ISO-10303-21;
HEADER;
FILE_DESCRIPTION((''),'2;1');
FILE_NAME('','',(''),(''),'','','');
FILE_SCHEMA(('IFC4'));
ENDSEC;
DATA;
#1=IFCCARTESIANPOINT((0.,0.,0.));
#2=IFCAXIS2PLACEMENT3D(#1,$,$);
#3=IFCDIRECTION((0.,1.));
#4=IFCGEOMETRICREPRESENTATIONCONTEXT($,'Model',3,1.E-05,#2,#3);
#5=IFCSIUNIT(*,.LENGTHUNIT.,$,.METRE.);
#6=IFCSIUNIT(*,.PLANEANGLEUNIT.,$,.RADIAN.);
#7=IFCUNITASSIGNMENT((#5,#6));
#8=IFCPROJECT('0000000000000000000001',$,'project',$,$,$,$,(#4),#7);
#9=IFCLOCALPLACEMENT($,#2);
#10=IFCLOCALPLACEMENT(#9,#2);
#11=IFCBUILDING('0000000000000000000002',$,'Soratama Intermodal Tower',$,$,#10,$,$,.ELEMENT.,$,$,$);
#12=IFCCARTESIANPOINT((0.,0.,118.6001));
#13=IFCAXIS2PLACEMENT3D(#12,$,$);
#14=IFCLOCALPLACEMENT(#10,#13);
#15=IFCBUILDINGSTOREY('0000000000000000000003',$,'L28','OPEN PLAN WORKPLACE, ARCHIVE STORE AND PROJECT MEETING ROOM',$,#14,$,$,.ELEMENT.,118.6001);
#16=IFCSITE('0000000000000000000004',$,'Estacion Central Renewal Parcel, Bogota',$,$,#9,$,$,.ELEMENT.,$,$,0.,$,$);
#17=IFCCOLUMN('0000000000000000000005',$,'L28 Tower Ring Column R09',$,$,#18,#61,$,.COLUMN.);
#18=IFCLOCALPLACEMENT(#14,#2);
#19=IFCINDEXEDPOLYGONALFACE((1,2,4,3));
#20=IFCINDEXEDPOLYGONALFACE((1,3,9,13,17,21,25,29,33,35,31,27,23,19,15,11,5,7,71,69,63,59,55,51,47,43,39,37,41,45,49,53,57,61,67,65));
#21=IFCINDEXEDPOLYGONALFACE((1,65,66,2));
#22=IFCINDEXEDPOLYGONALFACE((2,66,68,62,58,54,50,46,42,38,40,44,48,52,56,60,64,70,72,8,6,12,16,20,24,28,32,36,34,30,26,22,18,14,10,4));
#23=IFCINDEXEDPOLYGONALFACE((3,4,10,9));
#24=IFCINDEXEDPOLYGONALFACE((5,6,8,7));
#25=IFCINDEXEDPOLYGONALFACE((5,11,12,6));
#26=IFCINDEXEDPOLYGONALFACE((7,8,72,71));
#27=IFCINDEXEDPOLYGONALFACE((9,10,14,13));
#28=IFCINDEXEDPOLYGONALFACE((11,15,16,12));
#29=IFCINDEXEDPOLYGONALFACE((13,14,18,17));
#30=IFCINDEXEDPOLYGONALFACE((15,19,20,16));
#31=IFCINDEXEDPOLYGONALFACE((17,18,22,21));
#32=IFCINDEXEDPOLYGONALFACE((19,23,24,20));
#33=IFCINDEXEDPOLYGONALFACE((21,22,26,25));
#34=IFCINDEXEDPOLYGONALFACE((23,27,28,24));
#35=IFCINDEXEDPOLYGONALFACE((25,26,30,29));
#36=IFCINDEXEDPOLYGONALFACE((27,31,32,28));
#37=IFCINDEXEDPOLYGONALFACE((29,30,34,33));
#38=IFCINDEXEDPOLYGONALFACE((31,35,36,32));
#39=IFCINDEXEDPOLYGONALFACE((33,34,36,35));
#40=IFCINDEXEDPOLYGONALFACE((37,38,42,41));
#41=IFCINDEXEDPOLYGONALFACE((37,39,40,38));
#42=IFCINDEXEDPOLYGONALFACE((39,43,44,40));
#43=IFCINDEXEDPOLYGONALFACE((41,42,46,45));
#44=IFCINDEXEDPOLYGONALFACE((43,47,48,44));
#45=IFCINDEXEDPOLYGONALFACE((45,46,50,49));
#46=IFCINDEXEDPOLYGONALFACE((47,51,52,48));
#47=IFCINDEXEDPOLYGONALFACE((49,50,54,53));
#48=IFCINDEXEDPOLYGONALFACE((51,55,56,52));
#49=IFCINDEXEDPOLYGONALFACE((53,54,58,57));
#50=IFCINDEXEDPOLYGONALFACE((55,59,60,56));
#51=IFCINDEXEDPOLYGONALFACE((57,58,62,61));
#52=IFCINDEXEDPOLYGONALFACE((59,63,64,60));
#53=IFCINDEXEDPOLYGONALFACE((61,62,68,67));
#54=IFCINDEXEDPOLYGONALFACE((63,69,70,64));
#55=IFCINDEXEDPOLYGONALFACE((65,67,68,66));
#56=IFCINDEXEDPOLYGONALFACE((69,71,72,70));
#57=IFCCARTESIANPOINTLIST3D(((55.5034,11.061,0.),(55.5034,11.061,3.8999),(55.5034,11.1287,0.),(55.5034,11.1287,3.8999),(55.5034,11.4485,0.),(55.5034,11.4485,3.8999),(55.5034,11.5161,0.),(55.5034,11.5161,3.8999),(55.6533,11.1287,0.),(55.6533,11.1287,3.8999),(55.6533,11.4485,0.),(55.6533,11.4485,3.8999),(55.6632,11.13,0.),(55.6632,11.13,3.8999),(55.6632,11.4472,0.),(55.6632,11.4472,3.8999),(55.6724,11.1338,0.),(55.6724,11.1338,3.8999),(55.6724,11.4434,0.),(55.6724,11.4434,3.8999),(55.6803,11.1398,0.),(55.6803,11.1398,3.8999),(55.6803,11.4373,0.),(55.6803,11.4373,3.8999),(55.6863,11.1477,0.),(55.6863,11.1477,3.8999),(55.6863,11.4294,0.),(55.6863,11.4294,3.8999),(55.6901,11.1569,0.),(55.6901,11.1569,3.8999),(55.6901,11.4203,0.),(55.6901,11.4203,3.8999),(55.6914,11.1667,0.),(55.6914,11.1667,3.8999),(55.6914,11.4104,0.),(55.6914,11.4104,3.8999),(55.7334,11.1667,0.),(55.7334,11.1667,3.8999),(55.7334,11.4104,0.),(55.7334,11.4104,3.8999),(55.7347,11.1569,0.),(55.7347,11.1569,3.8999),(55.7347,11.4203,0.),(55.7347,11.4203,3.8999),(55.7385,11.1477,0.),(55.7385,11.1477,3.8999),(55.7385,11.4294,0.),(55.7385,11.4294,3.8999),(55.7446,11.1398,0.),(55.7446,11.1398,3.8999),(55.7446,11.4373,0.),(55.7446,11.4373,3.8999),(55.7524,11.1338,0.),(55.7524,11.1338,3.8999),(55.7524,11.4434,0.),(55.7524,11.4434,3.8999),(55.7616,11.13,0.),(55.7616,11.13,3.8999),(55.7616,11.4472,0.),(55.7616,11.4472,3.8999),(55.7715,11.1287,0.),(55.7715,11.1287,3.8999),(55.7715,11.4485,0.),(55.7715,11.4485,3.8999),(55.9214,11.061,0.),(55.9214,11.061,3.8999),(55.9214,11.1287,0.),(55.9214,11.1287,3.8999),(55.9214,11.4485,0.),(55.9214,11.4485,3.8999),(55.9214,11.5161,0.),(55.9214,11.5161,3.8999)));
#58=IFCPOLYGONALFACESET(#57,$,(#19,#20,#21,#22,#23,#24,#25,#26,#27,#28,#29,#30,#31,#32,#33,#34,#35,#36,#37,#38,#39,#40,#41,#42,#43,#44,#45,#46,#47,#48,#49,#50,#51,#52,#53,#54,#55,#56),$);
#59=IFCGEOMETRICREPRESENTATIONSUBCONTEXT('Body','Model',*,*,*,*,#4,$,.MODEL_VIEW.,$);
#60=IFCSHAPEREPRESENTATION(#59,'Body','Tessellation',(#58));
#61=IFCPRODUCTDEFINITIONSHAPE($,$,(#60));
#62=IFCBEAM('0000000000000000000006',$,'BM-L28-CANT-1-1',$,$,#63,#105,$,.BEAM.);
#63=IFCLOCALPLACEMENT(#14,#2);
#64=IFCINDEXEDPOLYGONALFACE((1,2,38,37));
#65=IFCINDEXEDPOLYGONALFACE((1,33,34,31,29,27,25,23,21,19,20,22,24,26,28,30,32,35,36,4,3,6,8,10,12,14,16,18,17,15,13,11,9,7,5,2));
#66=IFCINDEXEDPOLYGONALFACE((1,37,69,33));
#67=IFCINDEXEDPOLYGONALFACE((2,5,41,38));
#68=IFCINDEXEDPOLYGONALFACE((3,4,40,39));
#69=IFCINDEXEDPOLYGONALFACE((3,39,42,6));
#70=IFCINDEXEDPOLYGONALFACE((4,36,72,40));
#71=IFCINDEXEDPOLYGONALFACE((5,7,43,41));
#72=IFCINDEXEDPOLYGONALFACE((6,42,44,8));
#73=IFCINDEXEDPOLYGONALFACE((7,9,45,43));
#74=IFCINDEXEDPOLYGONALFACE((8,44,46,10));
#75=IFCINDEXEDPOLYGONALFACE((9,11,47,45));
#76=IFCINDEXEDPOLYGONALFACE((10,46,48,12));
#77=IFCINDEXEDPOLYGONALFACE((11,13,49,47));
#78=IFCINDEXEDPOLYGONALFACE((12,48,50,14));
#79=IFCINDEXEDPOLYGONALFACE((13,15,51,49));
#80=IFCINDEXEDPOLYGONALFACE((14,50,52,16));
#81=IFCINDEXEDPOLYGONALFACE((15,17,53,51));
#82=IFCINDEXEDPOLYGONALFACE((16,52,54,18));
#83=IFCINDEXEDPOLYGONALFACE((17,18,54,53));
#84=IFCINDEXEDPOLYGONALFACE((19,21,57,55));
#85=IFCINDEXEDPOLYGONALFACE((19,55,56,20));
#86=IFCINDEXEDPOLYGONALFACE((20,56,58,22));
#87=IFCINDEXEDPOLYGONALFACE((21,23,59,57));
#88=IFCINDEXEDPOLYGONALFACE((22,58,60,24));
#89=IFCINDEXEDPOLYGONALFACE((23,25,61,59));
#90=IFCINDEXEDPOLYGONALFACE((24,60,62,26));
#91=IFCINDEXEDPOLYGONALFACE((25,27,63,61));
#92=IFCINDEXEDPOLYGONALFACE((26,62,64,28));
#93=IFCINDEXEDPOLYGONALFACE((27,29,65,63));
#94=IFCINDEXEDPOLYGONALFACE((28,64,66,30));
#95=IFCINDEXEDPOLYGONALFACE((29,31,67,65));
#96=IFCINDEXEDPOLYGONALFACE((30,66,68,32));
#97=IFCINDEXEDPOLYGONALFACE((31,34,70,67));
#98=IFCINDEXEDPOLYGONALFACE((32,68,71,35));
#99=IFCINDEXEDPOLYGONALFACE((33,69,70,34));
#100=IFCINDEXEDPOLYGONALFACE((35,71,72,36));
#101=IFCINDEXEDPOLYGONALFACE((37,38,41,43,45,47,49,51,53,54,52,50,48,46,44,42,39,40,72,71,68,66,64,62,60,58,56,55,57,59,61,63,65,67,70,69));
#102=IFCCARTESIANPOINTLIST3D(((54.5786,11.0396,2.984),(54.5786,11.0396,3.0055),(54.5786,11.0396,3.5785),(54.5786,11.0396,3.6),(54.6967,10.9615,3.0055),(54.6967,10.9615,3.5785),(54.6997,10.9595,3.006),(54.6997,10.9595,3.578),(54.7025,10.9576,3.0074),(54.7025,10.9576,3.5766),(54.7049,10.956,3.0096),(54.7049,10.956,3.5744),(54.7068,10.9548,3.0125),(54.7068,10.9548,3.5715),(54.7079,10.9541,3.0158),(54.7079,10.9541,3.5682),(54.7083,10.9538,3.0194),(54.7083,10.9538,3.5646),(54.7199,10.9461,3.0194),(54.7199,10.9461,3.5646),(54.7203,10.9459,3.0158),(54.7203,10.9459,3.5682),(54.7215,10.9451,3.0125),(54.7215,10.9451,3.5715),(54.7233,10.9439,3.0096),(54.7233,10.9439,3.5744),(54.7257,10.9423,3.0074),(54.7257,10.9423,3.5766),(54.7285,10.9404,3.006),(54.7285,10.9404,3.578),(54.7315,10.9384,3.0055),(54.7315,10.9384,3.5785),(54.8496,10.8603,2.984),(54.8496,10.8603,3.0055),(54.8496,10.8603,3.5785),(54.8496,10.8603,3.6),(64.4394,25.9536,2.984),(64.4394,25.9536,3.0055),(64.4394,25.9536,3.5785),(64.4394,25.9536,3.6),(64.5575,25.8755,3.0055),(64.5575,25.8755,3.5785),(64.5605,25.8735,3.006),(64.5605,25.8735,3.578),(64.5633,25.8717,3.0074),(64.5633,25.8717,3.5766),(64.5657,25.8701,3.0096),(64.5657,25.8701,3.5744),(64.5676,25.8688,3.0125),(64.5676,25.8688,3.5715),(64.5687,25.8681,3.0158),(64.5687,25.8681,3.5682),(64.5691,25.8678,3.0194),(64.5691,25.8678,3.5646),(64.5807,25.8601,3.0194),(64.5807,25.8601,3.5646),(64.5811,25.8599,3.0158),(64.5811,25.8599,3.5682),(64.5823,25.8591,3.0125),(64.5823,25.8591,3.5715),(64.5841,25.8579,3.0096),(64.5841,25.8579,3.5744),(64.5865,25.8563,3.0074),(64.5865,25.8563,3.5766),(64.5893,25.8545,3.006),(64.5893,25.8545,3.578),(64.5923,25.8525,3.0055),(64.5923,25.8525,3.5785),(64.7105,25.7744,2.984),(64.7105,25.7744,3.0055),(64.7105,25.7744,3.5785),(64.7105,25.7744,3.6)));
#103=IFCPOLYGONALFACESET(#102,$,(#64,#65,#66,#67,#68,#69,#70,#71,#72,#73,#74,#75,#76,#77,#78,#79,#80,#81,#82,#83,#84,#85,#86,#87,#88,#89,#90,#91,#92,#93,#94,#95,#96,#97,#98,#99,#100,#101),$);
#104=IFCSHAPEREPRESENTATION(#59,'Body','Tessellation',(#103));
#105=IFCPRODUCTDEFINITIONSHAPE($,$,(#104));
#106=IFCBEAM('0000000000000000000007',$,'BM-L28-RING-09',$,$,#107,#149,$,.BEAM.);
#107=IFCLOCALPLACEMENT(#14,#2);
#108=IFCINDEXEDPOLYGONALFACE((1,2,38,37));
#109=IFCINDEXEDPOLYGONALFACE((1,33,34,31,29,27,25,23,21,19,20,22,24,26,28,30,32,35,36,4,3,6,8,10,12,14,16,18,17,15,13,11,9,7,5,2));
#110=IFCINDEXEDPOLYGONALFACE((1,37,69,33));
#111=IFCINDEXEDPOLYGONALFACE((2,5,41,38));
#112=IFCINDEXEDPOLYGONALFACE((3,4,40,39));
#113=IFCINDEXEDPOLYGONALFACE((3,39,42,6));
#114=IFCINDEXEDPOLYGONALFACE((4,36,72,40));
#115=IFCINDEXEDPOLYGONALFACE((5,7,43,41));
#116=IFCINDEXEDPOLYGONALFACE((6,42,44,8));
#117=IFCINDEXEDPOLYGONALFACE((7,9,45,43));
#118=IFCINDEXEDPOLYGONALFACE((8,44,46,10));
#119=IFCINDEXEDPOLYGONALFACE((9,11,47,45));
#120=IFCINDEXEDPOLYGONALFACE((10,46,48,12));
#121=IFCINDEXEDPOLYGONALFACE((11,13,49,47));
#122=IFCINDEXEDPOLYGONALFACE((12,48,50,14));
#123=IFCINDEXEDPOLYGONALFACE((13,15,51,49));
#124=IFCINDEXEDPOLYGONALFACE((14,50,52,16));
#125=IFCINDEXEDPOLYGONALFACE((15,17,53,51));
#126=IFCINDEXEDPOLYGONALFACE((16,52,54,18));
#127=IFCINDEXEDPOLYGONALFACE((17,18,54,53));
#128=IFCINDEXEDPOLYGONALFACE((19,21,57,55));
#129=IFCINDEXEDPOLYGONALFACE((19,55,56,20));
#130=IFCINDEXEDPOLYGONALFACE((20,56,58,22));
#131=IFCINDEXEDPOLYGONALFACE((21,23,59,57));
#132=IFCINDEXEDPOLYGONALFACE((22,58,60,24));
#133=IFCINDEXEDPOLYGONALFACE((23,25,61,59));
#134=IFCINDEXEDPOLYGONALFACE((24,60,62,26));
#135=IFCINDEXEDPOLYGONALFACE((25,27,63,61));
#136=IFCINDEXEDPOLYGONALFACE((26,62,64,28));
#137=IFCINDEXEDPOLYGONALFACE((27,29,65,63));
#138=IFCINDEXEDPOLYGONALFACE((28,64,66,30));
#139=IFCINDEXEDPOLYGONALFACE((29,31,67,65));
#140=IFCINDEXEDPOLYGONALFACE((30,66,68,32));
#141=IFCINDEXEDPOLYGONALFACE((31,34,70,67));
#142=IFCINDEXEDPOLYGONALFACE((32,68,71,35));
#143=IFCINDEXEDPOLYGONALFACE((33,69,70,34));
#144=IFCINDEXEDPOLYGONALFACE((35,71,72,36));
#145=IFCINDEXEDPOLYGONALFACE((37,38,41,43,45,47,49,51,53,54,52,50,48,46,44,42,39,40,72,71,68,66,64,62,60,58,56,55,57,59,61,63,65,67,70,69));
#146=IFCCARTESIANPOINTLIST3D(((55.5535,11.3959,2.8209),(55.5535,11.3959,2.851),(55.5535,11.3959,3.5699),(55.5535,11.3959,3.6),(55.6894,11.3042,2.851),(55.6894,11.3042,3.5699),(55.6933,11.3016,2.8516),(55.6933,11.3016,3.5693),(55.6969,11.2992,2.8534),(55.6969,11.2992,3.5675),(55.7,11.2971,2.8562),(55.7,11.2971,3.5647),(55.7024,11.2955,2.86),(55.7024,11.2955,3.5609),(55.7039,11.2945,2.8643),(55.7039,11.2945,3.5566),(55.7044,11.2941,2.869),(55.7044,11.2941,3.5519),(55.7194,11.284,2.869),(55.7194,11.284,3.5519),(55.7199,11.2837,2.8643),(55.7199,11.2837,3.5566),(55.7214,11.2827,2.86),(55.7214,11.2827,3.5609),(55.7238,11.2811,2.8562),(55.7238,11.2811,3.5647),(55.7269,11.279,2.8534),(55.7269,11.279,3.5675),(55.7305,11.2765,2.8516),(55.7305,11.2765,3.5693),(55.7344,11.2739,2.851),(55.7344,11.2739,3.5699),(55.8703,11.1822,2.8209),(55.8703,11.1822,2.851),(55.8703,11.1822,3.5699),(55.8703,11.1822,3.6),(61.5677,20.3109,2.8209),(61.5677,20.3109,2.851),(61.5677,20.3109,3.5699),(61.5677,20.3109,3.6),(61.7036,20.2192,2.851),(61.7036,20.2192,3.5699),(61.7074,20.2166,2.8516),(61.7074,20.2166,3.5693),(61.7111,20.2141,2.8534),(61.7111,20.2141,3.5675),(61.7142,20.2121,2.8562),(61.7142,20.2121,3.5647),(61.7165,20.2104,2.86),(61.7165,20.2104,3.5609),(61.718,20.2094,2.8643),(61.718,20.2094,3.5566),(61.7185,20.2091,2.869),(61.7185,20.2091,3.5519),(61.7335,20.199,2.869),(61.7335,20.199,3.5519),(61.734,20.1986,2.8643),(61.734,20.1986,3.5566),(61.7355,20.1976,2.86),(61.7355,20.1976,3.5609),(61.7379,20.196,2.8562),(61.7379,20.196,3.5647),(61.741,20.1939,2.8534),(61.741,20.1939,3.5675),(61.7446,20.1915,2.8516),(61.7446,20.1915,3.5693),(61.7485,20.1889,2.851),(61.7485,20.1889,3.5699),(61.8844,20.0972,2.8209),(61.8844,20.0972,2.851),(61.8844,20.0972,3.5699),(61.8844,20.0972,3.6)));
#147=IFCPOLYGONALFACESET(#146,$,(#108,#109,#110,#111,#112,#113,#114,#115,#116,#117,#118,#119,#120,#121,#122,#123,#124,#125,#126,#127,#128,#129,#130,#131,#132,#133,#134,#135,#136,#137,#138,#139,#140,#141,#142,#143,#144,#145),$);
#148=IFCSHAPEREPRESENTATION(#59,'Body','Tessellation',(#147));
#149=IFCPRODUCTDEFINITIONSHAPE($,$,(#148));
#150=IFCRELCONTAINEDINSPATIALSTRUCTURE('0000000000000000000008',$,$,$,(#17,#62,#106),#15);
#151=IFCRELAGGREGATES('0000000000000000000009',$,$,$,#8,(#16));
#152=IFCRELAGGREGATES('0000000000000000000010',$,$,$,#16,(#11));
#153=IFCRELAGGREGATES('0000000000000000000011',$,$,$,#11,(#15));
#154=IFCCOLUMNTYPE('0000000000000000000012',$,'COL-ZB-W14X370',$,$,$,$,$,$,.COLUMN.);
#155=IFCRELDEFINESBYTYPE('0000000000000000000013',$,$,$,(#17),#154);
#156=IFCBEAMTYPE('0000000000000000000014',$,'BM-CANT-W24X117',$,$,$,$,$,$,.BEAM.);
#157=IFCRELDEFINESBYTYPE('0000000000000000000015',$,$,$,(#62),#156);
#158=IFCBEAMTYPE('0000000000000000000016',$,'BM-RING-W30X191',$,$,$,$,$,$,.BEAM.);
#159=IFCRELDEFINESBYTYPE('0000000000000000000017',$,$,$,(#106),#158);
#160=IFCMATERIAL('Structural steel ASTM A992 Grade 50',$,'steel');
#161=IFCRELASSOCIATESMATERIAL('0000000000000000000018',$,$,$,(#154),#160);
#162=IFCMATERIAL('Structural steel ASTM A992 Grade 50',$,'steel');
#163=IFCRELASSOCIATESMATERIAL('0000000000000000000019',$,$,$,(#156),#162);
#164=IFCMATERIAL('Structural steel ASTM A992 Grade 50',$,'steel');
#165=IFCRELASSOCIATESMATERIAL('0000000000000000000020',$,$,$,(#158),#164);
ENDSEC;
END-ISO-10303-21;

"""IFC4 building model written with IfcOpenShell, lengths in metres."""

from ifc_helpers import new_model, si_unit, direction, frame, origin, origin_2d, place, context, subcontext, project, spatial, i_section, extrude, material, material_profile, profile_set, type_object, element, save


model = new_model("IFC4")

# Units and contexts
model_context = context("Model", 3, precision=1e-05, world=origin(), true_north=direction((0.0, 1.0)))
body_context = subcontext(model_context, "Body", "Model", "MODEL_VIEW")
ifc_project = project(units=[si_unit("LENGTHUNIT", "METRE"), si_unit("PLANEANGLEUNIT", "RADIAN")], contexts=[model_context])

# Site, building, storey
site_placement = place(None, origin())
site = spatial("IfcSite", under=ifc_project, at=site_placement, Name="Estacion Central Renewal Parcel, Bogota", CompositionType="ELEMENT", RefElevation=0.0)
building_placement = place(site_placement, origin())
building = spatial("IfcBuilding", under=site, at=building_placement, Name="Soratama Intermodal Tower", CompositionType="ELEMENT")
storey_placement = place(building_placement, frame((0.0, 0.0, 118.6001)))
storey = spatial("IfcBuildingStorey", under=building, at=storey_placement, Name="L28", Description="OPEN PLAN WORKPLACE, ARCHIVE STORE AND PROJECT MEETING ROOM", CompositionType="ELEMENT", Elevation=118.6001)

# Column
ifc_material_1 = material(Name="Structural steel ASTM A992 Grade 50", Category="steel")
ifc_material_profile_1 = material_profile(ifc_material_1, i_section(OverallWidth=0.418, OverallDepth=0.4551, WebThickness=0.042, FlangeThickness=0.0676, FilletRadius=0.0381, at=origin_2d()), Name="W14X370")
ifc_profile_set_1 = profile_set([ifc_material_profile_1], Name="Structural steel ASTM A992 Grade 50")
column_type = type_object("IfcColumnType", Name="COL-ZB-W14X370", PredefinedType="COLUMN", material=ifc_profile_set_1)
column_placement = place(storey_placement, frame((55.7124, 11.2886, 0.0), z_axis=(0.0, 0.0, 1.0), x_axis=(1.0, 0.0, 0.0)))
element("IfcColumn", 1, at=column_placement, inside=storey, type_object=column_type, Name="L28 Tower Ring Column R09", PredefinedType="COLUMN", context=body_context, shape_type="SweptSolid", body=[
    extrude(i_section(OverallWidth=0.418, OverallDepth=0.4551, WebThickness=0.042, FlangeThickness=0.0676, FilletRadius=0.0381, at=origin_2d()), origin(), (0.0, 0.0, 1.0), 3.8999),
])

# Beams
ifc_material_2 = material(Name="Structural steel ASTM A992 Grade 50", Category="steel")
ifc_material_profile_2 = material_profile(ifc_material_2, i_section(OverallWidth=0.325, OverallDepth=0.616, WebThickness=0.0139, FlangeThickness=0.0215, FilletRadius=0.0139, at=origin_2d()), Name="W24X117")
ifc_profile_set_2 = profile_set([ifc_material_profile_2], Name="Structural steel ASTM A992 Grade 50")
beam_type_1 = type_object("IfcBeamType", Name="BM-CANT-W24X117", PredefinedType="BEAM", material=ifc_profile_set_2)
beam_1_placement = place(storey_placement, frame((54.7141, 10.95, 3.292), z_axis=(0.551526, 0.834158, 0.0), x_axis=(-0.834158, 0.551526, 0.0)))
element("IfcBeam", 2, at=beam_1_placement, inside=storey, type_object=beam_type_1, Name="BM-L28-CANT-1-1", PredefinedType="BEAM", context=body_context, shape_type="SweptSolid", body=[
    extrude(i_section(OverallWidth=0.325, OverallDepth=0.616, WebThickness=0.0139, FlangeThickness=0.0215, FilletRadius=0.0139, at=origin_2d()), origin(), (0.0, 0.0, 1.0), 17.8792),
])
ifc_material_3 = material(Name="Structural steel ASTM A992 Grade 50", Category="steel")
ifc_material_profile_3 = material_profile(ifc_material_3, i_section(OverallWidth=0.3821, OverallDepth=0.7791, WebThickness=0.0181, FlangeThickness=0.03, FilletRadius=0.0181, at=origin_2d()), Name="W30X191")
ifc_profile_set_3 = profile_set([ifc_material_profile_3], Name="Structural steel ASTM A992 Grade 50")
beam_type_2 = type_object("IfcBeamType", Name="BM-RING-W30X191", PredefinedType="BEAM", material=ifc_profile_set_3)
beam_2_placement = place(storey_placement, frame((55.7119, 11.2891, 3.2104), z_axis=(0.55925, 0.828999, 0.0), x_axis=(-0.828999, 0.55925, 0.0)))
element("IfcBeam", 3, at=beam_2_placement, inside=storey, type_object=beam_type_2, Name="BM-L28-RING-09", PredefinedType="BEAM", context=body_context, shape_type="SweptSolid", body=[
    extrude(i_section(OverallWidth=0.3821, OverallDepth=0.7791, WebThickness=0.0181, FlangeThickness=0.03, FilletRadius=0.0181, at=origin_2d()), origin(), (0.0, 0.0, 1.0), 10.7539),
])

save(model, "model.ifc")
